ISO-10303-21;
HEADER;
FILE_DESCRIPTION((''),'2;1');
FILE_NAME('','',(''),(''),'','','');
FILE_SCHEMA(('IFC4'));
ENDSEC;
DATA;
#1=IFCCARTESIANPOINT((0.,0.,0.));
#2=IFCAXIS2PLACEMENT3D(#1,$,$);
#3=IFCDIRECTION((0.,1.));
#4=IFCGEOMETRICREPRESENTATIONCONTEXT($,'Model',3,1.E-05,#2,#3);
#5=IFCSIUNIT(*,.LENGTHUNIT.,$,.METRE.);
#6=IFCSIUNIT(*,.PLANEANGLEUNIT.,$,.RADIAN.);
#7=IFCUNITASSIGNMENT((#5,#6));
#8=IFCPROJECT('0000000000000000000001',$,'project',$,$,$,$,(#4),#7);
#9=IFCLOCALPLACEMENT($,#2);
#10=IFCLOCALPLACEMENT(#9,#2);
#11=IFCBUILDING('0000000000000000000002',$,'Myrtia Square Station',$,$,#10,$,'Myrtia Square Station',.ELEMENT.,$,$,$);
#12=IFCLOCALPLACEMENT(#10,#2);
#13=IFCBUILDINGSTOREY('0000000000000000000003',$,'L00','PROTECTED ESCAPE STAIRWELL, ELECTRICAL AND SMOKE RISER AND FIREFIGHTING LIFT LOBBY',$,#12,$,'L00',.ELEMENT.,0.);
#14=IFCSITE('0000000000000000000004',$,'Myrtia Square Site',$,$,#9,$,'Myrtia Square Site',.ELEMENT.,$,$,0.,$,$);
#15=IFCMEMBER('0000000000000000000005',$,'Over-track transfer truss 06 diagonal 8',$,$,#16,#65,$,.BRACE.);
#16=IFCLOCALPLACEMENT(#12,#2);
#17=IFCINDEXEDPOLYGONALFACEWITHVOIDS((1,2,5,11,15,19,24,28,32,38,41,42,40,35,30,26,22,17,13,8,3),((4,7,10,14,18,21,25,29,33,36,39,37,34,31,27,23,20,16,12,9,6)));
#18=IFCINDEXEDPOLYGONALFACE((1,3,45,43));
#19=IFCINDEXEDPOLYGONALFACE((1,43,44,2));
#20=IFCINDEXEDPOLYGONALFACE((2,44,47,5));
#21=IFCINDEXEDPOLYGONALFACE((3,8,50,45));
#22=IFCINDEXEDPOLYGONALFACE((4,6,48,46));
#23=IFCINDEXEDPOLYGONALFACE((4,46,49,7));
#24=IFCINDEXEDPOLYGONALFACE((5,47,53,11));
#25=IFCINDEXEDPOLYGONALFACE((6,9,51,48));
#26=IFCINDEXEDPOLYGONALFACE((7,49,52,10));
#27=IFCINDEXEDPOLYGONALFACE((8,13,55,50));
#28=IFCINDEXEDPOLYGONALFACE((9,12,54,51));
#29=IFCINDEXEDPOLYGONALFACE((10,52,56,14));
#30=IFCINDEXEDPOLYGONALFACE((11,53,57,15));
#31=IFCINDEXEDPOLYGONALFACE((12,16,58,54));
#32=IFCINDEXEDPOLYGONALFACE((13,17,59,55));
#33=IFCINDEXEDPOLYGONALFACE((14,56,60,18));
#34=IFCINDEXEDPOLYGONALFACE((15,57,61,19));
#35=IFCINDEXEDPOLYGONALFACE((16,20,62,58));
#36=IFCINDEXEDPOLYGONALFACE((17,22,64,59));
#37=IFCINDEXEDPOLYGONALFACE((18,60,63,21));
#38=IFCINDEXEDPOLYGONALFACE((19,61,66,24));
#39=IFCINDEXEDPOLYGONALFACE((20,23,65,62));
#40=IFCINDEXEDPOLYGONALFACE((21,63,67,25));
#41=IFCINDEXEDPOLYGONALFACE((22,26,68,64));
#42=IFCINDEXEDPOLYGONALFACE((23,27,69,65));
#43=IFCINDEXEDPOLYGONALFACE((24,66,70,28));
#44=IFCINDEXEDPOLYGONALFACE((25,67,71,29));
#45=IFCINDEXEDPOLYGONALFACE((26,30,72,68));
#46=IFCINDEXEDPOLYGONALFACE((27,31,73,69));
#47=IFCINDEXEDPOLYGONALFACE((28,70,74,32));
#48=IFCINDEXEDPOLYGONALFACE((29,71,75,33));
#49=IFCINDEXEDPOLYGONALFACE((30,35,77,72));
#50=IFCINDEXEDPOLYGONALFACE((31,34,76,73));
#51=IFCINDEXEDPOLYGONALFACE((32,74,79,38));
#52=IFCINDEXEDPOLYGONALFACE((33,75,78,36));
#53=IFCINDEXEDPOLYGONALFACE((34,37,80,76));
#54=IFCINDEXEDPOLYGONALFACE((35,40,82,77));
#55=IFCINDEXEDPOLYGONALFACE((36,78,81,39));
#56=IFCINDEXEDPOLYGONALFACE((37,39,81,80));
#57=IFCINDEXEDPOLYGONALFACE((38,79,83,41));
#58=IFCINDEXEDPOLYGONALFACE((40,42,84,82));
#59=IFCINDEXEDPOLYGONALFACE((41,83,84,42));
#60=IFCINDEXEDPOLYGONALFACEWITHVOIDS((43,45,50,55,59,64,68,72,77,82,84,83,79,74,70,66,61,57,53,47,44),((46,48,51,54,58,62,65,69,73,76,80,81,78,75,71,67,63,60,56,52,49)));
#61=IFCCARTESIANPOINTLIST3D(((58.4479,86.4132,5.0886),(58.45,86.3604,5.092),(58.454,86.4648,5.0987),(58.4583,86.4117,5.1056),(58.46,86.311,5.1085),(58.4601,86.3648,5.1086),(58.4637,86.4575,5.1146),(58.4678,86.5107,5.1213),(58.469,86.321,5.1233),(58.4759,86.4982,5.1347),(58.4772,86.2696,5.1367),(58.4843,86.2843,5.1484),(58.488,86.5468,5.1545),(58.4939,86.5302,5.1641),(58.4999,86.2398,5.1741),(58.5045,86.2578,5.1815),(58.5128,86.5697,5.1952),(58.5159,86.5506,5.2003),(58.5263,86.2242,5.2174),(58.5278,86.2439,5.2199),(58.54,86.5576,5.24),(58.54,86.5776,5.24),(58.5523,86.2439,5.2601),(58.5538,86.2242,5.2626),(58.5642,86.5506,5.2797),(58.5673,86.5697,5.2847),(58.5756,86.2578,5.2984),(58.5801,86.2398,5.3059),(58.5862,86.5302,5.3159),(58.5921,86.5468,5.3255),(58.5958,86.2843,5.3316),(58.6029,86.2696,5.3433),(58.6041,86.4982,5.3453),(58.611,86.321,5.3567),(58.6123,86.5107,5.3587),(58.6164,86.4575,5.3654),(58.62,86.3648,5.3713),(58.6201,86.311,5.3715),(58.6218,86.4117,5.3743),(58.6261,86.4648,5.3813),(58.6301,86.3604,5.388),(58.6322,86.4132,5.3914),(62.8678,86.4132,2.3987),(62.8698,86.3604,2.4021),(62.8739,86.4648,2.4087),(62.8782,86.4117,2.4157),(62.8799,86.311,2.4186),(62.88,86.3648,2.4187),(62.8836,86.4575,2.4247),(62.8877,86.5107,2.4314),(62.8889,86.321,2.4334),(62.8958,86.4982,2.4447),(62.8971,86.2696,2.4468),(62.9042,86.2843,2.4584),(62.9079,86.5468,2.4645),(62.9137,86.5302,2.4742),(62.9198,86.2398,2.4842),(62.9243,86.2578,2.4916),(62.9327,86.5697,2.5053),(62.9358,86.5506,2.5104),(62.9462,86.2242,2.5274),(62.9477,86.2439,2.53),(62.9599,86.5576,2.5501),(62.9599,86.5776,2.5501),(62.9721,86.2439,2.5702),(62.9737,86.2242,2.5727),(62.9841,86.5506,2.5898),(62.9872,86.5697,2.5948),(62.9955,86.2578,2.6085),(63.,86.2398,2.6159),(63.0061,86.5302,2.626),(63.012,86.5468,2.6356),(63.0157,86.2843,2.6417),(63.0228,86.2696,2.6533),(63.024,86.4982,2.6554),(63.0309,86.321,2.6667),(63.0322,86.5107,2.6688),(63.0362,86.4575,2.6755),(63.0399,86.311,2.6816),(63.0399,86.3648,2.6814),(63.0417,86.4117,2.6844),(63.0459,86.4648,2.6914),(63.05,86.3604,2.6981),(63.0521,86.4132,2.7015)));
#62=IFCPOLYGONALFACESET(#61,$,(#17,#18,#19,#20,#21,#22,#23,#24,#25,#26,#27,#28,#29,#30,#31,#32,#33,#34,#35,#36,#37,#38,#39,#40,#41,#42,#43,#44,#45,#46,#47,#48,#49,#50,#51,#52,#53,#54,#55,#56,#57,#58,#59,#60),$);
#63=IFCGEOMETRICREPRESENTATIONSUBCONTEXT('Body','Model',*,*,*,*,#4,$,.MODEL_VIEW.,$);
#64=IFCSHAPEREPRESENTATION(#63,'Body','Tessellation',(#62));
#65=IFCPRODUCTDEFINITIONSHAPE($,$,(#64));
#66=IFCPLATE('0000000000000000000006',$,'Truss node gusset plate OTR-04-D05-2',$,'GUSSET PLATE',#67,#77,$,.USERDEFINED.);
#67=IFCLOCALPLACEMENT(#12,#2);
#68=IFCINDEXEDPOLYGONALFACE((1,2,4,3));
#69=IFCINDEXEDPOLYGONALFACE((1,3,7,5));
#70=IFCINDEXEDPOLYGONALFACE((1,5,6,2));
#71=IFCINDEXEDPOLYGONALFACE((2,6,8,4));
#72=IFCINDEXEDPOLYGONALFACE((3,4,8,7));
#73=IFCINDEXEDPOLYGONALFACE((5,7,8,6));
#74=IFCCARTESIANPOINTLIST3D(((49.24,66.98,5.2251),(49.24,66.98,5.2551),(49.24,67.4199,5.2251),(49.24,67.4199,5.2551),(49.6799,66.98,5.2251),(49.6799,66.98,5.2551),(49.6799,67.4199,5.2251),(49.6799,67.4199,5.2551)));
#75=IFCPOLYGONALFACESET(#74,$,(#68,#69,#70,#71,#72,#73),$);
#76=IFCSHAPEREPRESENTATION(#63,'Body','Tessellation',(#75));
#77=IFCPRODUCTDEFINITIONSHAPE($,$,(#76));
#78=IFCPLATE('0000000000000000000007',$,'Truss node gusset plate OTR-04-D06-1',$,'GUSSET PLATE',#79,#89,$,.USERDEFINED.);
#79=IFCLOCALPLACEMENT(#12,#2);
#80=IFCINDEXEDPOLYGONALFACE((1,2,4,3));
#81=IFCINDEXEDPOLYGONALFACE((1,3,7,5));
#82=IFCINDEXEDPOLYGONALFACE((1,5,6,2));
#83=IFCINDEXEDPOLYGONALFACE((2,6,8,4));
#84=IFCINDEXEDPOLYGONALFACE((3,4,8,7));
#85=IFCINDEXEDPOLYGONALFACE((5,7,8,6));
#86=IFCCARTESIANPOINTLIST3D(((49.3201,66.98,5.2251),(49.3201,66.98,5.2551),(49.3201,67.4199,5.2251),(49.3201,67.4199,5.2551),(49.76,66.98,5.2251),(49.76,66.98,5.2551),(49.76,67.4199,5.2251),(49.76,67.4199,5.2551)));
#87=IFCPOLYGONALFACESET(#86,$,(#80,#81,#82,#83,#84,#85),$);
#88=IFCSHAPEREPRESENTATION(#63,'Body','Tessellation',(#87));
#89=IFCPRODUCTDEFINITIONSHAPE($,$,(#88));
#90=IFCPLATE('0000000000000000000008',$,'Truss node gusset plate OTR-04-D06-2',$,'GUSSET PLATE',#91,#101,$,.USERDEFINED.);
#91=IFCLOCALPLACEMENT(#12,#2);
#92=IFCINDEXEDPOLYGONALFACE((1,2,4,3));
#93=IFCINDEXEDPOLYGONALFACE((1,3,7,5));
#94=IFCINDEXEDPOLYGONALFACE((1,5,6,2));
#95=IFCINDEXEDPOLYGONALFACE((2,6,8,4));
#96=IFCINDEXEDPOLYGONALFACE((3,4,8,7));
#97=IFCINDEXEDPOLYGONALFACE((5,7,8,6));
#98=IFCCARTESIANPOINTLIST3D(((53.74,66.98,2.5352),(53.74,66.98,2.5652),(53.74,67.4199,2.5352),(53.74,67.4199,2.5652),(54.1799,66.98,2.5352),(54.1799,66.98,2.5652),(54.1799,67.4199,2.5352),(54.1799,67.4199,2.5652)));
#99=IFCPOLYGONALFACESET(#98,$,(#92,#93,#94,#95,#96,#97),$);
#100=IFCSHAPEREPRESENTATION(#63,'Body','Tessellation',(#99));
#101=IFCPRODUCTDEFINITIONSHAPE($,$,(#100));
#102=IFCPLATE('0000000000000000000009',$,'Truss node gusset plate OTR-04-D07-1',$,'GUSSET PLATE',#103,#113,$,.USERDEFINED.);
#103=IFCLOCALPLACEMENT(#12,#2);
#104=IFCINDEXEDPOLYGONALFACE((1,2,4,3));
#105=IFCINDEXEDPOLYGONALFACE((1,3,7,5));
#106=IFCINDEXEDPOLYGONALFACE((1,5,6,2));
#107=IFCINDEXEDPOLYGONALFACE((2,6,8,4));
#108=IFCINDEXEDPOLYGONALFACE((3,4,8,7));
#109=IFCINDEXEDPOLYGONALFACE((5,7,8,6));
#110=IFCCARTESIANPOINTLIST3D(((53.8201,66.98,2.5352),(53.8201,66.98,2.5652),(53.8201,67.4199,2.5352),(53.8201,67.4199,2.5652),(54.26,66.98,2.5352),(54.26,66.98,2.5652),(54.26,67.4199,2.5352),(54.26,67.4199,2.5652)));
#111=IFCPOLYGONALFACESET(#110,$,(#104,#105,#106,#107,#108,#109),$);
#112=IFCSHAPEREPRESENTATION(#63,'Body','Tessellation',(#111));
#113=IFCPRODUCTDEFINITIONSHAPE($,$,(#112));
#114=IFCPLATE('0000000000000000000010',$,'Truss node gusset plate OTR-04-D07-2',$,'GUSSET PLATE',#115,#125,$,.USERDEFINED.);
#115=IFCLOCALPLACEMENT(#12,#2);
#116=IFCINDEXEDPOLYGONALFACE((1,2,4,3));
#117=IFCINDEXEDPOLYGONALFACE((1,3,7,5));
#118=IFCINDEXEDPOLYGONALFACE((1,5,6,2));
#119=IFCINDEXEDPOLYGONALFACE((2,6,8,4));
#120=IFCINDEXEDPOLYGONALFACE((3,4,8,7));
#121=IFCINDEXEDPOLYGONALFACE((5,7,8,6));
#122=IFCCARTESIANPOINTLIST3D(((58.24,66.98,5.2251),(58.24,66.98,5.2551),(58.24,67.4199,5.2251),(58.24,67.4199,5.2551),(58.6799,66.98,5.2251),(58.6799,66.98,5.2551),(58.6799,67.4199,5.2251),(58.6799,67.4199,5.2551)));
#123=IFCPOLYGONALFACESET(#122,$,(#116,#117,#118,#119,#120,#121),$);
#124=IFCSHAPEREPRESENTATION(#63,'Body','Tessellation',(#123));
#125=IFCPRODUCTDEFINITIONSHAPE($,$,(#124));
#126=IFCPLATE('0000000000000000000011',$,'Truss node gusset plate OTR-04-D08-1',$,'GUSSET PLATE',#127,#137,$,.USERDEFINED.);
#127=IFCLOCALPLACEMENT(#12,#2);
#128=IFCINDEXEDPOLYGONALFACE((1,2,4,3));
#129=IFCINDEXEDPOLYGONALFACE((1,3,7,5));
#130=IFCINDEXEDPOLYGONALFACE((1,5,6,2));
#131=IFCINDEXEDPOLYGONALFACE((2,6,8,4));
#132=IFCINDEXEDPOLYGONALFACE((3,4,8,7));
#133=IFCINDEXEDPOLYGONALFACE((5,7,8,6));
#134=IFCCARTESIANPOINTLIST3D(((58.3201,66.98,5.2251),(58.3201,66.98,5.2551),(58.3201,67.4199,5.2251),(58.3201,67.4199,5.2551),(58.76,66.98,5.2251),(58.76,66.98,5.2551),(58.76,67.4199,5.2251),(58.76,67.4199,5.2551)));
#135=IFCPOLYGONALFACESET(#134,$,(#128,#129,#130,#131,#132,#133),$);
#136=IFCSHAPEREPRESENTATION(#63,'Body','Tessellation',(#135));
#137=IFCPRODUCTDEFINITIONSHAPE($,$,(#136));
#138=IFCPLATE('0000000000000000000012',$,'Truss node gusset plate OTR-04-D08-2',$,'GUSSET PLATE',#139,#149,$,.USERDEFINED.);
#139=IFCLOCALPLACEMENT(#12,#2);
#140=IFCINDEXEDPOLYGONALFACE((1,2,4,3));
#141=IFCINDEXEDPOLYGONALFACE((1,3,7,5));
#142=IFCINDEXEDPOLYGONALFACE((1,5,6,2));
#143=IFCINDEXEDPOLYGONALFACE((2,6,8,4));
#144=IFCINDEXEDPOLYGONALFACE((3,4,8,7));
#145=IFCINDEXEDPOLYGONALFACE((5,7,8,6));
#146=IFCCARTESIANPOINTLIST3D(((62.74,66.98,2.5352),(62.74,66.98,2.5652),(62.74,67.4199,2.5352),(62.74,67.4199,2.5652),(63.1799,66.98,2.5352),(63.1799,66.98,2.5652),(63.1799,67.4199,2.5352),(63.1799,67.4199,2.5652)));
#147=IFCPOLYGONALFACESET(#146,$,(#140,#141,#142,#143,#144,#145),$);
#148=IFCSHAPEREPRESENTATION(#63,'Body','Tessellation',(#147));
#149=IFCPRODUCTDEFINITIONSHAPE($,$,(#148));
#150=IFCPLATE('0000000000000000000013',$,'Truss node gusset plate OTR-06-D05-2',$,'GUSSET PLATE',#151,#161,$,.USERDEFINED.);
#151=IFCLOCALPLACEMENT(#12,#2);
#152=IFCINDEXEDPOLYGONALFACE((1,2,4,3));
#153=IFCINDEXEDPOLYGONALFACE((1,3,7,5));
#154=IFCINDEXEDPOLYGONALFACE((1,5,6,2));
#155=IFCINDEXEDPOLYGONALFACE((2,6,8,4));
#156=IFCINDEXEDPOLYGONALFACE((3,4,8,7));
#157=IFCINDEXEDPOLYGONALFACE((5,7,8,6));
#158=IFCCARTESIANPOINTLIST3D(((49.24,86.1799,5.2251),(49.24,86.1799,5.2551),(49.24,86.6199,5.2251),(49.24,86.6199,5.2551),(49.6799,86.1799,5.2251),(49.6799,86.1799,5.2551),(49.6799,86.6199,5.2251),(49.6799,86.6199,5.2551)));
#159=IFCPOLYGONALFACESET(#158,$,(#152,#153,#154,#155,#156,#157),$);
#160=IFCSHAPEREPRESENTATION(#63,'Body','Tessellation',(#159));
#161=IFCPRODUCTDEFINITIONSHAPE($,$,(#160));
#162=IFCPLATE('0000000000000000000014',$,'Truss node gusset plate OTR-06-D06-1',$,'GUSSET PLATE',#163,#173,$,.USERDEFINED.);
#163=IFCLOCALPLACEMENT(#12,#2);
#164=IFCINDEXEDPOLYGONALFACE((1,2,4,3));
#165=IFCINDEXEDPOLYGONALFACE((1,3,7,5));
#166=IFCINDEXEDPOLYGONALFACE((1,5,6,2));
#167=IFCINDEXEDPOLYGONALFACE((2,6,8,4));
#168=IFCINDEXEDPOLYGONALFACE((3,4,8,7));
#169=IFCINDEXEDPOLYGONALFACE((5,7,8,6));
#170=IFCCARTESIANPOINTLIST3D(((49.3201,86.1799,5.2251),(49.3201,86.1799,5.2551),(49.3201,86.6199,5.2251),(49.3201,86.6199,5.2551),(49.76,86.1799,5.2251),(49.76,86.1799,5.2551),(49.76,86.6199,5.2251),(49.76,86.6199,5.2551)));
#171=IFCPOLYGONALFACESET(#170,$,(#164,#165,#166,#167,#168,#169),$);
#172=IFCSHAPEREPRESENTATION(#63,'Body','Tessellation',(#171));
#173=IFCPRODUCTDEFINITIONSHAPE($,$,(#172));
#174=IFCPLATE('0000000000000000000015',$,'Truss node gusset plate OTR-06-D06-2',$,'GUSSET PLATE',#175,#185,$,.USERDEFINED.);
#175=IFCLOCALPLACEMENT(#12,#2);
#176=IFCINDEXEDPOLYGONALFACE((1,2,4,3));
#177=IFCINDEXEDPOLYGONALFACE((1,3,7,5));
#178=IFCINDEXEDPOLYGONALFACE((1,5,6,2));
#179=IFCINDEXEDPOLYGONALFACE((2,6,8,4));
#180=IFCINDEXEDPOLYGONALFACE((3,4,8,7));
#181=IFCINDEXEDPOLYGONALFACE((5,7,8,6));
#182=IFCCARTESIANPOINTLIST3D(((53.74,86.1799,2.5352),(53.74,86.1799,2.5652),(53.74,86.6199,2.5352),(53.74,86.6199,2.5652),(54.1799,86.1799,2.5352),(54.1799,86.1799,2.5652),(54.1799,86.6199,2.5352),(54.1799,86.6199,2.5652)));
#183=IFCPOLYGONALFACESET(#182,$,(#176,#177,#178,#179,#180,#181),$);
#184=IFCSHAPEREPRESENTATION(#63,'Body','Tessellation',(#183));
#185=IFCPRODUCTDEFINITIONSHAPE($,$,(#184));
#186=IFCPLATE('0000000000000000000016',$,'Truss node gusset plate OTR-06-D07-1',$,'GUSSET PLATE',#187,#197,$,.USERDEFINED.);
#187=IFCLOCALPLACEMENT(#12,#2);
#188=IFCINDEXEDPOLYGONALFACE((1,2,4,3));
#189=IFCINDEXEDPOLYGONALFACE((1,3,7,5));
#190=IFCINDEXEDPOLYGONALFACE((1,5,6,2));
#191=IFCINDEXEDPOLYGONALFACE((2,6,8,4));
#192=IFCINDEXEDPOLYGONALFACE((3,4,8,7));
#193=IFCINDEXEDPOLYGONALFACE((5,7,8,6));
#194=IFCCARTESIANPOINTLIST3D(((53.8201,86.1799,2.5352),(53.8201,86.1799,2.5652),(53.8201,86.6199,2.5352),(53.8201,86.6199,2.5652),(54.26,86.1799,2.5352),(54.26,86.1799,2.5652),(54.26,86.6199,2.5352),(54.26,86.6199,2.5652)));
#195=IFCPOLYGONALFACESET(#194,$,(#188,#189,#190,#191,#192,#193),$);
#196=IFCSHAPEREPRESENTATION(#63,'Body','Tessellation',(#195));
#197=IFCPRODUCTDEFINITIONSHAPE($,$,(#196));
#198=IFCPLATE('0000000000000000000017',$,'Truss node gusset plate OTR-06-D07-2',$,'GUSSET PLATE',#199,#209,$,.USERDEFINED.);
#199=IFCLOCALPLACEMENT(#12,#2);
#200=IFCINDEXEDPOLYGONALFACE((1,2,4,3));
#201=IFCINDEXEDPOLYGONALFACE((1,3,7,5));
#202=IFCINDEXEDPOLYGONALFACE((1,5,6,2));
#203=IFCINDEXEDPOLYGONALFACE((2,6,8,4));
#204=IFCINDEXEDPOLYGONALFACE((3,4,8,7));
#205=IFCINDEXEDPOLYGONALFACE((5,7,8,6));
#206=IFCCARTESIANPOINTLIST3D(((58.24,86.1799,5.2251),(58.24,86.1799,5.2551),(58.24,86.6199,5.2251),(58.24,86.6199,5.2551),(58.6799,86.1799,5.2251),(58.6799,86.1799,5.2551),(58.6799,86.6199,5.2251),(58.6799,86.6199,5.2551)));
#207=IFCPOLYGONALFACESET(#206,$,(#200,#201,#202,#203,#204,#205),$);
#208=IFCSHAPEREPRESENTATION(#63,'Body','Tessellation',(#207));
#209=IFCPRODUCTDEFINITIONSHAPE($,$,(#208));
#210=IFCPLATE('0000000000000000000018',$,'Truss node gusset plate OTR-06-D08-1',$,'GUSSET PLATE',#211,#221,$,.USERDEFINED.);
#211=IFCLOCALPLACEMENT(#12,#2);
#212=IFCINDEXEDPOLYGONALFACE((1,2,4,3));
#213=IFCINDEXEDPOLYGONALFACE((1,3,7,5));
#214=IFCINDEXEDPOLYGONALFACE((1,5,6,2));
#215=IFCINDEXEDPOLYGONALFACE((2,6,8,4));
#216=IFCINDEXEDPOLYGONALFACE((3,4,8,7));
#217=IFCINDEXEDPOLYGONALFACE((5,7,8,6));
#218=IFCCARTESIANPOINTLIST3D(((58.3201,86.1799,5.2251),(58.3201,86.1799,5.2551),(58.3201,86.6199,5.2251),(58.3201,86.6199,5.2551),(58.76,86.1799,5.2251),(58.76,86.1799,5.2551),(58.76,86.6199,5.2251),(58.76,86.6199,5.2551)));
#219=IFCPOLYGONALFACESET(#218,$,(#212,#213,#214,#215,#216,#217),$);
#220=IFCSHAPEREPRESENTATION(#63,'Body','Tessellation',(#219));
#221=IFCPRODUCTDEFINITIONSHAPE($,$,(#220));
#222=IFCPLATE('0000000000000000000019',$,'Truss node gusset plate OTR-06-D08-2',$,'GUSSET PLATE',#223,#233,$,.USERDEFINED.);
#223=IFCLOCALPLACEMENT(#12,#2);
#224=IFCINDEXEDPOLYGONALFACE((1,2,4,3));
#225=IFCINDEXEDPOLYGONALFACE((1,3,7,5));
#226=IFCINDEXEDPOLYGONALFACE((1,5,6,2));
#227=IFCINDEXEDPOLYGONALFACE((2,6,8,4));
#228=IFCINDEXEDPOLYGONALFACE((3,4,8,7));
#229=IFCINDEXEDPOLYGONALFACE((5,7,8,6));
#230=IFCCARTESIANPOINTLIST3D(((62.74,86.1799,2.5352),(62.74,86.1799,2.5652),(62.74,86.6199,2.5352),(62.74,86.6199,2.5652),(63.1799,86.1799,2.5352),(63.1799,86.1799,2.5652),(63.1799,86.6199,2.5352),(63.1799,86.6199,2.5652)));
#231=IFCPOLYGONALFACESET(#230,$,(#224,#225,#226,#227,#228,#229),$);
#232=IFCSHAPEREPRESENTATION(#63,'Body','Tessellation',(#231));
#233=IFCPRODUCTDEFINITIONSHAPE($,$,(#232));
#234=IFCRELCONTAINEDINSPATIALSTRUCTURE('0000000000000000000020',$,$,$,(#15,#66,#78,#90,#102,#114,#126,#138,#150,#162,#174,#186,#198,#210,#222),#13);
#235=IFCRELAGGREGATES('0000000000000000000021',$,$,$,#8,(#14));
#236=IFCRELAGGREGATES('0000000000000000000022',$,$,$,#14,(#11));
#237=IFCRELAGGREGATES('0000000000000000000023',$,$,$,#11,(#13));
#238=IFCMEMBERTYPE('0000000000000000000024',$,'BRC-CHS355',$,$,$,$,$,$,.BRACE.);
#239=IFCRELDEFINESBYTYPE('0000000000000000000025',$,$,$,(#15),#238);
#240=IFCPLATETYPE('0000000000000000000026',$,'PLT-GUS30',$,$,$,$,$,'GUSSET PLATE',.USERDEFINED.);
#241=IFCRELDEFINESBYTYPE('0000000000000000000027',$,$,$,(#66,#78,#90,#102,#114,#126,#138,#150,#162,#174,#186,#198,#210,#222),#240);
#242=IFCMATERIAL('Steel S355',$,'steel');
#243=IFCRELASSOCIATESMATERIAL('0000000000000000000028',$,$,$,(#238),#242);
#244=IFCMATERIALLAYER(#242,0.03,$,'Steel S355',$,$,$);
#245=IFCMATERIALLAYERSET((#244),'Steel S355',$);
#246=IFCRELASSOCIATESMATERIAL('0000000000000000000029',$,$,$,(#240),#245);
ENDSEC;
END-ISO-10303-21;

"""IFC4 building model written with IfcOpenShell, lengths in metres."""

from ifc_helpers import new_model, si_unit, direction, frame, origin, origin_2d, place, context, subcontext, project, spatial, rectangle, hollow_circle, extrude, material, layer, layer_set, material_profile, profile_set, type_object, element, save


model = new_model("IFC4")

# Units and contexts
model_context = context("Model", 3, precision=1e-05, world=origin(), true_north=direction((0.0, 1.0)))
body_context = subcontext(model_context, "Body", "Model", "MODEL_VIEW")
ifc_project = project(units=[si_unit("LENGTHUNIT", "METRE"), si_unit("PLANEANGLEUNIT", "RADIAN")], contexts=[model_context])

# Site, building, storey
site_placement = place(None, origin())
site = spatial("IfcSite", under=ifc_project, at=site_placement, Name="Myrtia Square Site", LongName="Myrtia Square Site", CompositionType="ELEMENT", RefElevation=0.0)
building_placement = place(site_placement, origin())
building = spatial("IfcBuilding", under=site, at=building_placement, Name="Myrtia Square Station", LongName="Myrtia Square Station", CompositionType="ELEMENT")
storey_placement = place(building_placement, origin())
storey = spatial("IfcBuildingStorey", under=building, at=storey_placement, Name="L00", Description="PROTECTED ESCAPE STAIRWELL, ELECTRICAL AND SMOKE RISER AND FIREFIGHTING LIFT LOBBY", LongName="L00", CompositionType="ELEMENT", Elevation=0.0)

# Shared definitions
ifc_material_1 = material(Name="Steel S355", Category="steel")

# Member
ifc_material_profile_1 = material_profile(ifc_material_1, hollow_circle(Radius=0.1777, WallThickness=0.02, at=origin_2d()), Name="CHS 355.6x20")
ifc_profile_set_1 = profile_set([ifc_material_profile_1], Name="Steel S355")
member_type_1 = type_object("IfcMemberType", Name="BRC-CHS355", PredefinedType="BRACE", material=ifc_profile_set_1)
for number, where, z_axis, x_axis, name in (
    (1, (58.54, 86.3999, 5.24), (0.854237, 0.0, -0.519884), (0.0, 1.0, 0.0), "Over-track transfer truss 06 diagonal 8"),
):
    element("IfcMember", number, at=place(storey_placement, frame(where, z_axis=z_axis, x_axis=x_axis)), inside=storey, type_object=member_type_1, Name=name, PredefinedType="BRACE", context=body_context, shape_type="SweptSolid", body=[
        extrude(hollow_circle(Radius=0.1777, WallThickness=0.02, at=origin_2d()), origin(), (0.0, 0.0, 1.0), 5.1741),
    ])

# Plates
ifc_layer = layer(ifc_material_1, 0.03, Name="Steel S355")
ifc_layer_set = layer_set([ifc_layer], Name="Steel S355")
plate_type = type_object("IfcPlateType", Name="PLT-GUS30", ElementType="GUSSET PLATE", PredefinedType="USERDEFINED", material=ifc_layer_set)
for number, where, z_axis, x_axis, name in (
    (2, (49.46, 67.2, 5.2251), (0.0, 0.0, 1.0), (1.0, 0.0, 0.0), "Truss node gusset plate OTR-04-D05-2"),
    (3, (49.54, 67.2, 5.2251), (0.0, 0.0, 1.0), (1.0, 0.0, 0.0), "Truss node gusset plate OTR-04-D06-1"),
    (4, (53.96, 67.2, 2.5352), (0.0, 0.0, 1.0), (1.0, 0.0, 0.0), "Truss node gusset plate OTR-04-D06-2"),
    (5, (54.04, 67.2, 2.5352), (0.0, 0.0, 1.0), (1.0, 0.0, 0.0), "Truss node gusset plate OTR-04-D07-1"),
    (6, (58.46, 67.2, 5.2251), (0.0, 0.0, 1.0), (1.0, 0.0, 0.0), "Truss node gusset plate OTR-04-D07-2"),
    (7, (58.54, 67.2, 5.2251), (0.0, 0.0, 1.0), (1.0, 0.0, 0.0), "Truss node gusset plate OTR-04-D08-1"),
    (8, (62.96, 67.2, 2.5352), (0.0, 0.0, 1.0), (1.0, 0.0, 0.0), "Truss node gusset plate OTR-04-D08-2"),
    (9, (49.46, 86.3999, 5.2251), (0.0, 0.0, 1.0), (1.0, 0.0, 0.0), "Truss node gusset plate OTR-06-D05-2"),
    (10, (49.54, 86.3999, 5.2251), (0.0, 0.0, 1.0), (1.0, 0.0, 0.0), "Truss node gusset plate OTR-06-D06-1"),
    (11, (53.96, 86.3999, 2.5352), (0.0, 0.0, 1.0), (1.0, 0.0, 0.0), "Truss node gusset plate OTR-06-D06-2"),
    (12, (54.04, 86.3999, 2.5352), (0.0, 0.0, 1.0), (1.0, 0.0, 0.0), "Truss node gusset plate OTR-06-D07-1"),
    (13, (58.46, 86.3999, 5.2251), (0.0, 0.0, 1.0), (1.0, 0.0, 0.0), "Truss node gusset plate OTR-06-D07-2"),
    (14, (58.54, 86.3999, 5.2251), (0.0, 0.0, 1.0), (1.0, 0.0, 0.0), "Truss node gusset plate OTR-06-D08-1"),
    (15, (62.96, 86.3999, 2.5352), (0.0, 0.0, 1.0), (1.0, 0.0, 0.0), "Truss node gusset plate OTR-06-D08-2"),
):
    element("IfcPlate", number, at=place(storey_placement, frame(where, z_axis=z_axis, x_axis=x_axis)), inside=storey, type_object=plate_type, Name=name, ObjectType="GUSSET PLATE", PredefinedType="USERDEFINED", context=body_context, shape_type="SweptSolid", body=[
        extrude(rectangle(XDim=0.4399, YDim=0.4399, at=origin_2d()), origin(), (0.0, 0.0, 1.0), 0.03),
    ])

save(model, "model.ifc")
